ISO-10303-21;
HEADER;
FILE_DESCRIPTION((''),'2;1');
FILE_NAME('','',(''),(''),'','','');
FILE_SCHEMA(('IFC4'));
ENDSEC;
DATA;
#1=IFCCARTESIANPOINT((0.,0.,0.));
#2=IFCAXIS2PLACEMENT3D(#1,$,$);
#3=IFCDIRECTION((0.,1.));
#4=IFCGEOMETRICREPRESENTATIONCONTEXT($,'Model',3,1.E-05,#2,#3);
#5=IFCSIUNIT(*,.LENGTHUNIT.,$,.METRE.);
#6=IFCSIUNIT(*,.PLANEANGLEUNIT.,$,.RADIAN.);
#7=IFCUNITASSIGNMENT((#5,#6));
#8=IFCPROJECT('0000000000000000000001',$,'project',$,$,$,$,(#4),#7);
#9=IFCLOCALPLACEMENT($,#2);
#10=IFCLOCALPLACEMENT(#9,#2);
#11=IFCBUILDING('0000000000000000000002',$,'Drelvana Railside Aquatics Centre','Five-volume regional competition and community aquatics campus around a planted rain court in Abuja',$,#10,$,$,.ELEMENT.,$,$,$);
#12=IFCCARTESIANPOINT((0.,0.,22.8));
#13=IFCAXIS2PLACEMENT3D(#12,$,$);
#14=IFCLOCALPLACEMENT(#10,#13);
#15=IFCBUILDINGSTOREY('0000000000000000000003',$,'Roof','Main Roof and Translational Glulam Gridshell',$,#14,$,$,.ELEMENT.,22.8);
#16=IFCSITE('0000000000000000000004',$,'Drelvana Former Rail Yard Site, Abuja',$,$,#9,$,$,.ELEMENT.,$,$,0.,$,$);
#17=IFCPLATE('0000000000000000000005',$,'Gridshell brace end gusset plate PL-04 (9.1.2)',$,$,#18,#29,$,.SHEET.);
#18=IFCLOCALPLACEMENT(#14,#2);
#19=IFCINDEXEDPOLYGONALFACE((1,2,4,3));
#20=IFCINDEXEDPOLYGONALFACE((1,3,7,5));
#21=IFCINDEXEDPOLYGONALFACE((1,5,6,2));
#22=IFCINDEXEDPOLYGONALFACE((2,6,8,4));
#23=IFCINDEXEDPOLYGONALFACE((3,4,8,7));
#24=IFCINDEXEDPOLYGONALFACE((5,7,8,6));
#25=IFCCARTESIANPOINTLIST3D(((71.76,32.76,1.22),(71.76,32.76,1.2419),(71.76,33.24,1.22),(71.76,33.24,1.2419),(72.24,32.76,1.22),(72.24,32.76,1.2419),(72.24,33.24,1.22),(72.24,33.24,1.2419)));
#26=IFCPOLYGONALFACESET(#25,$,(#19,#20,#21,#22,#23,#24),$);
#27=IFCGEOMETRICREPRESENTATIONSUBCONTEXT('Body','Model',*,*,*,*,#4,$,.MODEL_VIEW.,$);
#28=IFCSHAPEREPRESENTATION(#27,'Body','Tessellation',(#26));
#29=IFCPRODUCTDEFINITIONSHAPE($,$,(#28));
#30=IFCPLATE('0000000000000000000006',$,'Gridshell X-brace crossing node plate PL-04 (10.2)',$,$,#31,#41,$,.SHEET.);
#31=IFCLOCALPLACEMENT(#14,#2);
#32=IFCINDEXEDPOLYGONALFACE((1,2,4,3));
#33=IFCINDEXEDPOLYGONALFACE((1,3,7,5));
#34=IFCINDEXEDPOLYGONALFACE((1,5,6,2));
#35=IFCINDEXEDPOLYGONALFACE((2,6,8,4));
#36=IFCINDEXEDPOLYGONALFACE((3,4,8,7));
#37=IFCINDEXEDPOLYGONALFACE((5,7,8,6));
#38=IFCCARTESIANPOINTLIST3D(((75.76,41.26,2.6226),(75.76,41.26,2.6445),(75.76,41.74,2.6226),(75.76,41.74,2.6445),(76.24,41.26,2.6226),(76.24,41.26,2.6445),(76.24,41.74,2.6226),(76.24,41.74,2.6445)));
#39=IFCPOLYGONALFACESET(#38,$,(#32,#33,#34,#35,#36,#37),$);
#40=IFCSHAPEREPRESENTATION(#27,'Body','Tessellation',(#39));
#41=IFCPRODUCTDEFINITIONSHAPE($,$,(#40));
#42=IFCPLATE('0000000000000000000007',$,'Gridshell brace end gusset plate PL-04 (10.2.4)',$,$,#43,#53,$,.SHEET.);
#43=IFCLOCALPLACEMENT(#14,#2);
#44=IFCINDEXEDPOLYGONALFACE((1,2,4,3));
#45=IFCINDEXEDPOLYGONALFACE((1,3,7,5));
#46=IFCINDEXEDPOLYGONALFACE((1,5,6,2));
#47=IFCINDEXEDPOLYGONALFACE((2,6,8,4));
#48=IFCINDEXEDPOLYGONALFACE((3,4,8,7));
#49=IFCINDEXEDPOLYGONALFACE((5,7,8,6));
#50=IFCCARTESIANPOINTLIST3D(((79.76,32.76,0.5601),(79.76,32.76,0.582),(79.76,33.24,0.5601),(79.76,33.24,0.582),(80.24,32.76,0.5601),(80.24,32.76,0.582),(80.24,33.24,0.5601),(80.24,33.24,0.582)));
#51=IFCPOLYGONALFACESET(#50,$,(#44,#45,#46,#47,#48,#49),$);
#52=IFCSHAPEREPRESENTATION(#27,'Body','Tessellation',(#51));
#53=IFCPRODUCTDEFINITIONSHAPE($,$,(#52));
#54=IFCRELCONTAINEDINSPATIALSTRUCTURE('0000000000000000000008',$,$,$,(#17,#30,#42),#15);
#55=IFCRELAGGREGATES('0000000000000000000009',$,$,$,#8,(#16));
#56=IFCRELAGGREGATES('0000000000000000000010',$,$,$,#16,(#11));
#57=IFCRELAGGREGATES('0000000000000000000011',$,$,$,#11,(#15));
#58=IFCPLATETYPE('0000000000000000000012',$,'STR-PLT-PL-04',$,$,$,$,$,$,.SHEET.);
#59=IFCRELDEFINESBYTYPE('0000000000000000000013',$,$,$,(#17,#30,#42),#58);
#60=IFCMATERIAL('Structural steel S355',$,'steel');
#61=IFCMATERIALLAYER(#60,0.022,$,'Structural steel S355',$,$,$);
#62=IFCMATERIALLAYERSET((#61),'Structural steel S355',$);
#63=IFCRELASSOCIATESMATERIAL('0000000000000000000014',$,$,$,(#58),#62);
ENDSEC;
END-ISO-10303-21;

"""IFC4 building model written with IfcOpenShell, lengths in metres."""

from ifc_helpers import new_model, si_unit, direction, frame, origin, origin_2d, place, context, subcontext, project, spatial, rectangle, extrude, material, layer, layer_set, type_object, element, save


model = new_model("IFC4")

# Units and contexts
model_context = context("Model", 3, precision=1e-05, world=origin(), true_north=direction((0.0, 1.0)))
body_context = subcontext(model_context, "Body", "Model", "MODEL_VIEW")
ifc_project = project(units=[si_unit("LENGTHUNIT", "METRE"), si_unit("PLANEANGLEUNIT", "RADIAN")], contexts=[model_context])

# Site, building, storey
site_placement = place(None, origin())
site = spatial("IfcSite", under=ifc_project, at=site_placement, Name="Drelvana Former Rail Yard Site, Abuja", CompositionType="ELEMENT", RefElevation=0.0)
building_placement = place(site_placement, origin())
building = spatial("IfcBuilding", under=site, at=building_placement, Name="Drelvana Railside Aquatics Centre", Description="Five-volume regional competition and community aquatics campus around a planted rain court in Abuja", CompositionType="ELEMENT")
storey_placement = place(building_placement, frame((0.0, 0.0, 22.8)))
storey = spatial("IfcBuildingStorey", under=building, at=storey_placement, Name="Roof", Description="Main Roof and Translational Glulam Gridshell", CompositionType="ELEMENT", Elevation=22.8)

# Plates
ifc_material_1 = material(Name="Structural steel S355", Category="steel")
ifc_layer_1 = layer(ifc_material_1, 0.022, Name="Structural steel S355")
ifc_layer_set_1 = layer_set([ifc_layer_1], Name="Structural steel S355")
plate_type = type_object("IfcPlateType", Name="STR-PLT-PL-04", PredefinedType="SHEET", material=ifc_layer_set_1)
for number, where, z_axis, x_axis, name in (
    (1, (72.0, 33.0, 1.22), (0.0, 0.0, 1.0), (1.0, 0.0, 0.0), "Gridshell brace end gusset plate PL-04 (9.1.2)"),
    (2, (76.0, 41.5, 2.6226), (0.0, 0.0, 1.0), (1.0, 0.0, 0.0), "Gridshell X-brace crossing node plate PL-04 (10.2)"),
    (3, (80.0, 33.0, 0.5601), (0.0, 0.0, 1.0), (1.0, 0.0, 0.0), "Gridshell brace end gusset plate PL-04 (10.2.4)"),
):
    element("IfcPlate", number, at=place(storey_placement, frame(where, z_axis=z_axis, x_axis=x_axis)), inside=storey, type_object=plate_type, Name=name, PredefinedType="SHEET", context=body_context, shape_type="SweptSolid", body=[
        extrude(rectangle(XDim=0.48, YDim=0.48, at=origin_2d()), origin(), (0.0, 0.0, 1.0), 0.022),
    ])

save(model, "model.ifc")
